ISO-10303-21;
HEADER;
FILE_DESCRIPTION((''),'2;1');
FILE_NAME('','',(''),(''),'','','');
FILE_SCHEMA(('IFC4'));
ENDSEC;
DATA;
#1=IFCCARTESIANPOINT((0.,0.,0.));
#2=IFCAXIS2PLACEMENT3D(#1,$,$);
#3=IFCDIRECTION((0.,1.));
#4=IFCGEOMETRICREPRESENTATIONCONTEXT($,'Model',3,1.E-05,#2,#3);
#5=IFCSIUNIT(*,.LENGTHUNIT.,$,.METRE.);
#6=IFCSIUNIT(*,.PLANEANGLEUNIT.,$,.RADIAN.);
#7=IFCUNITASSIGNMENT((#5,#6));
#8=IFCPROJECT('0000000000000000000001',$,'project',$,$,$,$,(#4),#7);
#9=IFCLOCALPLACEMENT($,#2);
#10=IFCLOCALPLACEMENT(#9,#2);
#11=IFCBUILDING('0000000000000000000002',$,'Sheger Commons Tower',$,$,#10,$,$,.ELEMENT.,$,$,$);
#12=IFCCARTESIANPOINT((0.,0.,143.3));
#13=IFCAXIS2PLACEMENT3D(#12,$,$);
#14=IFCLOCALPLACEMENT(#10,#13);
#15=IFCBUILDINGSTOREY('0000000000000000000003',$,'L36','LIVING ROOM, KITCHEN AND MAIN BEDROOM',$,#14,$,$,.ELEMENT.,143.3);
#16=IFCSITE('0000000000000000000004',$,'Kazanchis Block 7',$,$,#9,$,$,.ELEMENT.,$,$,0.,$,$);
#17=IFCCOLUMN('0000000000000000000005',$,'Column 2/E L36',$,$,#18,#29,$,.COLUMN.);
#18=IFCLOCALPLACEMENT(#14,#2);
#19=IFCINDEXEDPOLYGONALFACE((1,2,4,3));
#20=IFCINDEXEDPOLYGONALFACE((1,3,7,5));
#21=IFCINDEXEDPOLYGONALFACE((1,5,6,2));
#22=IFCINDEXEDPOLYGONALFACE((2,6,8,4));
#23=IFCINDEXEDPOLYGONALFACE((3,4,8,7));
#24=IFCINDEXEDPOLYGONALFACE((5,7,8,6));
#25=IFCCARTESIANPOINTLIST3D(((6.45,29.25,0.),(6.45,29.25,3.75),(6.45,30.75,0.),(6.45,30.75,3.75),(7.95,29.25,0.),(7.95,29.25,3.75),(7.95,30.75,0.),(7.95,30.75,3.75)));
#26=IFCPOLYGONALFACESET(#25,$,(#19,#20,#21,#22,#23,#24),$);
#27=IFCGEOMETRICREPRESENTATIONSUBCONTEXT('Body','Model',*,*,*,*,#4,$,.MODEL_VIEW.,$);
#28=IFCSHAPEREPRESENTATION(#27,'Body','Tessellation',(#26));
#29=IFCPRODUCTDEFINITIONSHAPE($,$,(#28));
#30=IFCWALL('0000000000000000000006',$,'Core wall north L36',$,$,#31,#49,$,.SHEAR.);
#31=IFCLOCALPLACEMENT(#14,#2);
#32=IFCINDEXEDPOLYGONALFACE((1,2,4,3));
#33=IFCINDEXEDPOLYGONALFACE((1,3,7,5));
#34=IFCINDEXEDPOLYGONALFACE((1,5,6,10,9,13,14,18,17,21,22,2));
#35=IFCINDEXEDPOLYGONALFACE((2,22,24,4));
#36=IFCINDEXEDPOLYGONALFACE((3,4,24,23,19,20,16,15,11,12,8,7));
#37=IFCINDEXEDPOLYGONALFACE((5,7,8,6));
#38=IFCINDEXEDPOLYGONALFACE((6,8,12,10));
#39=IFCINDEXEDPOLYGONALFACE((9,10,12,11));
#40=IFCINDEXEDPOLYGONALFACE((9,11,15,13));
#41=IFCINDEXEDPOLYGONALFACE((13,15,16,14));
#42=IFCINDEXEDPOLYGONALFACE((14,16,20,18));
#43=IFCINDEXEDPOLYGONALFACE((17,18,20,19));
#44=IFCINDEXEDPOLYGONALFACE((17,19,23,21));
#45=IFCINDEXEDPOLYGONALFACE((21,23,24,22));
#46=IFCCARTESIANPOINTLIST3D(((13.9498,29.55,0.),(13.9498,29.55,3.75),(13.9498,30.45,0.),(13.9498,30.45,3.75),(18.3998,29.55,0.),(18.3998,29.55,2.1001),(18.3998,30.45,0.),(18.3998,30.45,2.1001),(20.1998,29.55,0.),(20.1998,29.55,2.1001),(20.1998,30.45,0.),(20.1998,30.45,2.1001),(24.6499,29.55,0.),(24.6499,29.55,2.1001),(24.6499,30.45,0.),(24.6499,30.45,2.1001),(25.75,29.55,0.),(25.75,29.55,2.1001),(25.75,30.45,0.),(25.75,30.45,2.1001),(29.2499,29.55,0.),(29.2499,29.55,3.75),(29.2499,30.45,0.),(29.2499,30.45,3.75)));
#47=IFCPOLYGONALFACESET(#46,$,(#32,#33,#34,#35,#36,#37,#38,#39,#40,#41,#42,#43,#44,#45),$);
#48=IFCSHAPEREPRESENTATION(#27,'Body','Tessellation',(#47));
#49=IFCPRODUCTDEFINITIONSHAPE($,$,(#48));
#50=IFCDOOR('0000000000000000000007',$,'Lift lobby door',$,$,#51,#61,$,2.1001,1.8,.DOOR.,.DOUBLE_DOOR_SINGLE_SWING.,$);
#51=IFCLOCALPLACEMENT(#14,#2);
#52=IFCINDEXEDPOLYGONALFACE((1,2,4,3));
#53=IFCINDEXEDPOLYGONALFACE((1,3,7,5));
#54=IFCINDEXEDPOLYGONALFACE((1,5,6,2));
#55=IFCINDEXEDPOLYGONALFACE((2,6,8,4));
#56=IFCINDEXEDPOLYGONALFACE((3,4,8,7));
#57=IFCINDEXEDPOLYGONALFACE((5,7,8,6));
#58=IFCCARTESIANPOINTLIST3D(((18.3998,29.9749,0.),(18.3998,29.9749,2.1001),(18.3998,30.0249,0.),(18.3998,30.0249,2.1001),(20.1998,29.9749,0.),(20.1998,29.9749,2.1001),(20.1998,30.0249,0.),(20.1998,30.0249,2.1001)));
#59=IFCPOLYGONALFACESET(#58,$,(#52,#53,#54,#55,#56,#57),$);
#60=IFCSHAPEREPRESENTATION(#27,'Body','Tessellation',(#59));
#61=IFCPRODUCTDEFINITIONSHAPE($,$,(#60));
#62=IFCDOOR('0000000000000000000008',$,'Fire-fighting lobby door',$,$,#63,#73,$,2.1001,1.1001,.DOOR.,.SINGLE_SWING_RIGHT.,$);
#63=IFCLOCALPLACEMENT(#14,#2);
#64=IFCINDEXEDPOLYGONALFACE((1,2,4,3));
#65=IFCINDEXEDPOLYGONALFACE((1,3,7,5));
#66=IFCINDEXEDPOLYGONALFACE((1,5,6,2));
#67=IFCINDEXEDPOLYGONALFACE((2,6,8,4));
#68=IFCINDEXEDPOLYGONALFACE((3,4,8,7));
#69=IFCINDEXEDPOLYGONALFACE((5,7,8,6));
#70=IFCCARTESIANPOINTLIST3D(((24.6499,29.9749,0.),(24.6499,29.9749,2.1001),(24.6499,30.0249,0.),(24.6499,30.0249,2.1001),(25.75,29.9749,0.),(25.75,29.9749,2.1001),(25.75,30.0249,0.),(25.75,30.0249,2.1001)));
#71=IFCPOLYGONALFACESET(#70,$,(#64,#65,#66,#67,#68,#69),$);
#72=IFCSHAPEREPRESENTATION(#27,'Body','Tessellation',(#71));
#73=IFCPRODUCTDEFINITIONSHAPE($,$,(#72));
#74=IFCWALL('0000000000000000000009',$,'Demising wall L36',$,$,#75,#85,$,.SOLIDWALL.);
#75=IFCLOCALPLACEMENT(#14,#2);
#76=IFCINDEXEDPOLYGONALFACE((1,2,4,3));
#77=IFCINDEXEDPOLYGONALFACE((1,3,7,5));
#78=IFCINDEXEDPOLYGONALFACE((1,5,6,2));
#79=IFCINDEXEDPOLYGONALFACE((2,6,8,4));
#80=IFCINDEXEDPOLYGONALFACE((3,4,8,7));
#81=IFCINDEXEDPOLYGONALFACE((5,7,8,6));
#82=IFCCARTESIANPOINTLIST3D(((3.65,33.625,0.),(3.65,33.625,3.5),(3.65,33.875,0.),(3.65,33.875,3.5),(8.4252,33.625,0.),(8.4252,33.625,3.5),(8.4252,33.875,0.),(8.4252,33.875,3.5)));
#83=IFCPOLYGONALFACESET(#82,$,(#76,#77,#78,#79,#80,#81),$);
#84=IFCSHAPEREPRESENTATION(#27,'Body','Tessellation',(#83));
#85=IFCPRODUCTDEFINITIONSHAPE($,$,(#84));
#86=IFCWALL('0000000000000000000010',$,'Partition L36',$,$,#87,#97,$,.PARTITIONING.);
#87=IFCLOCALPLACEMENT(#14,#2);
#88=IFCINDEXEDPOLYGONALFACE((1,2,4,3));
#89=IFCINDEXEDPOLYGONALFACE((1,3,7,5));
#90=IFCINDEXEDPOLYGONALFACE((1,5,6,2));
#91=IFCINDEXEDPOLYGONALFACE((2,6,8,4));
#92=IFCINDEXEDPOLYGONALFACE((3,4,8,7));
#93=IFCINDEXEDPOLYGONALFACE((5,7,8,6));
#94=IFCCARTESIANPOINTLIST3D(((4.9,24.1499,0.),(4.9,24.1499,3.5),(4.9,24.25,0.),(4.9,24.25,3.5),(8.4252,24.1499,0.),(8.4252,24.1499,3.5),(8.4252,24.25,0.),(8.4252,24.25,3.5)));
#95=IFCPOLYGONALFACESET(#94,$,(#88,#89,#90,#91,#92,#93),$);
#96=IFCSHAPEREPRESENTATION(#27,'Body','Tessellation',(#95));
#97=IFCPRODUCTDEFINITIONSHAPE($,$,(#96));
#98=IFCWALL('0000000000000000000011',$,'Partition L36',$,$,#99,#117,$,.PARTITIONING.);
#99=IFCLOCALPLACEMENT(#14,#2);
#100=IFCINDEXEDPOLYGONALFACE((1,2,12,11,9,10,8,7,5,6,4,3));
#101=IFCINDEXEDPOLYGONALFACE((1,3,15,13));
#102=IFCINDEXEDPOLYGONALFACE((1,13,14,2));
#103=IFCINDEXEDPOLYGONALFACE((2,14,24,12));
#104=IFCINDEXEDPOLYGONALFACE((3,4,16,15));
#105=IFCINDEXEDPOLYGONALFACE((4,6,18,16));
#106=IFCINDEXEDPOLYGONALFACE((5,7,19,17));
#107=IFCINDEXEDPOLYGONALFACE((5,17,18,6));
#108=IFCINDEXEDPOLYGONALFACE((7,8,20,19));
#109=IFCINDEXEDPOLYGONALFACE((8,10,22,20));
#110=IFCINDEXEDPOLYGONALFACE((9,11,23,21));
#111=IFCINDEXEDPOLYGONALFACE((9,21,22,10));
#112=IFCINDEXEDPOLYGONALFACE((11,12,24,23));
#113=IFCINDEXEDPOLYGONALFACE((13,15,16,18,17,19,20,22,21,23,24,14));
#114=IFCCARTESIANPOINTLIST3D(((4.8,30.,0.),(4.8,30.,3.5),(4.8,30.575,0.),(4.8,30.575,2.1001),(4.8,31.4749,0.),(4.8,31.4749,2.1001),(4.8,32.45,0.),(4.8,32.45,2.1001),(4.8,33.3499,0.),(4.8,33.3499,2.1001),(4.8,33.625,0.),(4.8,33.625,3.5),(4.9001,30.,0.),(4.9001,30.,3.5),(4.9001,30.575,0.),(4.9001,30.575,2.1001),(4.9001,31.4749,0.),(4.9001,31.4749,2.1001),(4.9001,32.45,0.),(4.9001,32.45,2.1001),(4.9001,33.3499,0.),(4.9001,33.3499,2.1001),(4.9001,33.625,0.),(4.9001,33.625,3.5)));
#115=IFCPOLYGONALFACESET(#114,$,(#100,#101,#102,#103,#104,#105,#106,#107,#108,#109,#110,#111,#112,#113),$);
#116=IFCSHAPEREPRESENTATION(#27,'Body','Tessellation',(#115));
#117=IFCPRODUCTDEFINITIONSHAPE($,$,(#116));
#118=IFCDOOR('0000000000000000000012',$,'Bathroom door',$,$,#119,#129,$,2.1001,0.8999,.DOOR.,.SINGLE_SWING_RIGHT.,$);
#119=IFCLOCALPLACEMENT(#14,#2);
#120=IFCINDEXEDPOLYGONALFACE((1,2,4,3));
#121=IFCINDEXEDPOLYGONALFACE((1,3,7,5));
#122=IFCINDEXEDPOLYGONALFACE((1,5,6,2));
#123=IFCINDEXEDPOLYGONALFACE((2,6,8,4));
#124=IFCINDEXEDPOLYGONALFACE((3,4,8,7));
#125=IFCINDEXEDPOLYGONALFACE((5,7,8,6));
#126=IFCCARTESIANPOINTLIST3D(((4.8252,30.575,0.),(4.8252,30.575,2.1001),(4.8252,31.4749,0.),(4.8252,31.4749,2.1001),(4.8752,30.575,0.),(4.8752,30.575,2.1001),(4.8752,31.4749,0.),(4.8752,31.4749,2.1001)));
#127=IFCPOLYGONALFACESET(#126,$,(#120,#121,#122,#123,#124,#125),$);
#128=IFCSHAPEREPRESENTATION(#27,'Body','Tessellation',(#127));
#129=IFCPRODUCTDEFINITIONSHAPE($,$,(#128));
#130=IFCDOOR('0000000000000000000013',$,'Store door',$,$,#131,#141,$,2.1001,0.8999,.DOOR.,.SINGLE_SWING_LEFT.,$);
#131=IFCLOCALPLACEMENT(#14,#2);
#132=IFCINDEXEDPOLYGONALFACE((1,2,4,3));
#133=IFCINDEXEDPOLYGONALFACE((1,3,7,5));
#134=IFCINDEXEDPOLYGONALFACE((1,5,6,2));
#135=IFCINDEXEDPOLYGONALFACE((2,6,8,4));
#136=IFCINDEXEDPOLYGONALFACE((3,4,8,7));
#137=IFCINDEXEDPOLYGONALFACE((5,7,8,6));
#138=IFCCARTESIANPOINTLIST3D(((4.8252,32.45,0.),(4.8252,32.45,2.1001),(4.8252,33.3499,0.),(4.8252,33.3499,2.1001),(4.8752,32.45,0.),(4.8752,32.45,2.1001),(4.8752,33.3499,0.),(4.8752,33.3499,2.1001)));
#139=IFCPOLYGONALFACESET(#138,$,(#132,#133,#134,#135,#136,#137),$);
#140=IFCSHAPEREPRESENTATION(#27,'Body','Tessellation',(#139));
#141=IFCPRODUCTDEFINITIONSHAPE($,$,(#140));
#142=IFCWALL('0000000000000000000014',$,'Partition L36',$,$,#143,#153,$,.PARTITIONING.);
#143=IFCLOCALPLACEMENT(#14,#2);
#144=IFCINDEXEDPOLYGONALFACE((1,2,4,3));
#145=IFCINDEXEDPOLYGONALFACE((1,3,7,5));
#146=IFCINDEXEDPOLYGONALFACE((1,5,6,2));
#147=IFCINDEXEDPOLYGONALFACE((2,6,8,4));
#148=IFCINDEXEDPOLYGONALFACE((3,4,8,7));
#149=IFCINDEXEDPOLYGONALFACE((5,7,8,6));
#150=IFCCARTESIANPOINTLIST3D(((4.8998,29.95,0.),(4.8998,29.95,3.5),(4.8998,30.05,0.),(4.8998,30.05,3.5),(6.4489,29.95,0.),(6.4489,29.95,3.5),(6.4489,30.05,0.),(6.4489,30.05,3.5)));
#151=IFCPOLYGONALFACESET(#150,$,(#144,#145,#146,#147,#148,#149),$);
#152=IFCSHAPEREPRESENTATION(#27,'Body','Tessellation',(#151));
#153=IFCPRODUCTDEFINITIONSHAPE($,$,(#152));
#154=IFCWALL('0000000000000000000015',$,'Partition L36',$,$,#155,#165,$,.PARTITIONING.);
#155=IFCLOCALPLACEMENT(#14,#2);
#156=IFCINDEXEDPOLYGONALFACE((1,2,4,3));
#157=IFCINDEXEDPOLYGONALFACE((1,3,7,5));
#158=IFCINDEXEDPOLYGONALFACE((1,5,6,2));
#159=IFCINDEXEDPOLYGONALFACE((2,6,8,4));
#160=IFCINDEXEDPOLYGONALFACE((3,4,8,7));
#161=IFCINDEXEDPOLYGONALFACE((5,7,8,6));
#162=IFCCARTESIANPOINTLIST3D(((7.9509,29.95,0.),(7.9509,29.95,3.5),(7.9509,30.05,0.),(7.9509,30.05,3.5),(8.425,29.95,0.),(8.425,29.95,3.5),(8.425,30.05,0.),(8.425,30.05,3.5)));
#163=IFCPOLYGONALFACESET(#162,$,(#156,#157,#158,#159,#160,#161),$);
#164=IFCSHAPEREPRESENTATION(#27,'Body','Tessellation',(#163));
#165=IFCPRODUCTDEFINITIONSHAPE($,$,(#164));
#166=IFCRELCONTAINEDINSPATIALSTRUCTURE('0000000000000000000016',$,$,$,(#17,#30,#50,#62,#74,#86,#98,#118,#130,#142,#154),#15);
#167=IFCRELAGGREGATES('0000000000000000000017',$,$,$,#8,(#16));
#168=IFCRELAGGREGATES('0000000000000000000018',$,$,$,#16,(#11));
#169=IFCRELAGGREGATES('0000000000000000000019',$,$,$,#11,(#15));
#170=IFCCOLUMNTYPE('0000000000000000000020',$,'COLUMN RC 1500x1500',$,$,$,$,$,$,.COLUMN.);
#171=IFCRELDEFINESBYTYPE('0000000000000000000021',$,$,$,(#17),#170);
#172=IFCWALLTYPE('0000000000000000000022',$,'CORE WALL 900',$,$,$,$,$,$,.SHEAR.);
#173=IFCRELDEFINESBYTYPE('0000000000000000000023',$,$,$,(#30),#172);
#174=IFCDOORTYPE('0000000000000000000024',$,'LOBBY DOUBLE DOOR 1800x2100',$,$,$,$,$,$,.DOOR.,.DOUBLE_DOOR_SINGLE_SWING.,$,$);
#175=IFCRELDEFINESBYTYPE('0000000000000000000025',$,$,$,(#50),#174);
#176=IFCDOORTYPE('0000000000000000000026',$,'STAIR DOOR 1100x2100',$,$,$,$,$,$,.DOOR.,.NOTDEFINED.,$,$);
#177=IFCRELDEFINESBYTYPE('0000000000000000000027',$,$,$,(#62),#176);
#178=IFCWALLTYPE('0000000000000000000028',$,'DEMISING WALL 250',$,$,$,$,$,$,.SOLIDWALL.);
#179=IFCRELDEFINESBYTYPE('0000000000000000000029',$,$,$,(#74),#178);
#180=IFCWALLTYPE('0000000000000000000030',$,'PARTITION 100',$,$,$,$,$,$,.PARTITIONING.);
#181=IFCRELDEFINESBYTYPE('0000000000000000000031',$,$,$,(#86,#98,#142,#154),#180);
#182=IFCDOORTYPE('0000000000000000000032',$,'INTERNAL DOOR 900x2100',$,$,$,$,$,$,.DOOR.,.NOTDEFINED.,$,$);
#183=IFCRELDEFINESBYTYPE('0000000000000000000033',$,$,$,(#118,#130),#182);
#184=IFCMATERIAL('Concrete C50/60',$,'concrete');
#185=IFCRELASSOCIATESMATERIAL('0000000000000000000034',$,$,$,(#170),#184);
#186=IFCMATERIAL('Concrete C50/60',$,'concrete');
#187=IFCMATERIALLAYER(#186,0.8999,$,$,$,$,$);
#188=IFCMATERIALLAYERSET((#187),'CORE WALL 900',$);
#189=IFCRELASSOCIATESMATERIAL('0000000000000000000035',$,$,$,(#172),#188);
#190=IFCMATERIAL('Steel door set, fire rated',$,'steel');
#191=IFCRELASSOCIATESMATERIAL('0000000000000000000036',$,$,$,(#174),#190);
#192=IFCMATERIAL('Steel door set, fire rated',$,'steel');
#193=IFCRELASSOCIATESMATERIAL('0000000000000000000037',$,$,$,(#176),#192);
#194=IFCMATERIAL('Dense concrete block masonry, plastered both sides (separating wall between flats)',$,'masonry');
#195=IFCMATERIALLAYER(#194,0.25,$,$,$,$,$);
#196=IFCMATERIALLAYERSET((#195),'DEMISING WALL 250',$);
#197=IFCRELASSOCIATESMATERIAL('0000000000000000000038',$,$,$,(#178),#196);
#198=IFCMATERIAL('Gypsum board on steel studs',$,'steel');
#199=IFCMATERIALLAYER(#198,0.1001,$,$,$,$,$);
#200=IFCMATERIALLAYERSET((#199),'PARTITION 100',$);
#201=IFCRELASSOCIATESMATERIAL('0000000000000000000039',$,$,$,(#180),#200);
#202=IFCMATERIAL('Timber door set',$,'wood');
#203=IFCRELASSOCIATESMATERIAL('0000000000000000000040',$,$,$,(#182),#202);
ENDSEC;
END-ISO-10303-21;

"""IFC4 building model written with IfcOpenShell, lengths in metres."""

from ifc_helpers import new_model, si_unit, direction, frame, frame_2d, origin, origin_2d, place, context, subcontext, project, spatial, rectangle, extrude, material, layer, layer_set, material_profile, profile_set, type_object, element, fill, save


model = new_model("IFC4")

# Units and contexts
model_context = context("Model", 3, precision=1e-05, world=origin(), true_north=direction((0.0, 1.0)))
body_context = subcontext(model_context, "Body", "Model", "MODEL_VIEW")
ifc_project = project(units=[si_unit("LENGTHUNIT", "METRE"), si_unit("PLANEANGLEUNIT", "RADIAN")], contexts=[model_context])

# Site, building, storey
site_placement = place(None, origin())
site = spatial("IfcSite", under=ifc_project, at=site_placement, Name="Kazanchis Block 7", CompositionType="ELEMENT", RefElevation=0.0)
building_placement = place(site_placement, origin())
building = spatial("IfcBuilding", under=site, at=building_placement, Name="Sheger Commons Tower", CompositionType="ELEMENT")
storey_placement = place(building_placement, frame((0.0, 0.0, 143.3)))
storey = spatial("IfcBuildingStorey", under=building, at=storey_placement, Name="L36", Description="LIVING ROOM, KITCHEN AND MAIN BEDROOM", CompositionType="ELEMENT", Elevation=143.3)

# Column
ifc_material_1 = material(Name="Concrete C50/60", Category="concrete")
ifc_material_profile = material_profile(ifc_material_1, rectangle(XDim=1.5, YDim=1.5, at=origin_2d()), Name="RC 1500x1500")
ifc_profile_set = profile_set([ifc_material_profile], Name="Concrete C50/60")
column_type = type_object("IfcColumnType", Name="COLUMN RC 1500x1500", PredefinedType="COLUMN", material=ifc_profile_set)
column_placement = place(storey_placement, frame((7.2, 30.0, 0.0), z_axis=(0.0, 0.0, 1.0), x_axis=(1.0, 0.0, 0.0)))
element("IfcColumn", 1, at=column_placement, inside=storey, type_object=column_type, Name="Column 2/E L36", PredefinedType="COLUMN", context=body_context, shape_type="SweptSolid", body=[
    extrude(rectangle(XDim=1.5, YDim=1.5, at=origin_2d()), origin(), (0.0, 0.0, 1.0), 3.75),
])

# Wall, openings, doors
ifc_material_2 = material(Name="Concrete C50/60", Category="concrete")
ifc_layer_1 = layer(ifc_material_2, 0.8999)
ifc_layer_set_1 = layer_set([ifc_layer_1], Name="CORE WALL 900")
wall_type_1 = type_object("IfcWallType", Name="CORE WALL 900", PredefinedType="SHEAR", material=ifc_layer_set_1)
wall_1_placement = place(storey_placement, frame((13.95, 30.0, 0.0), z_axis=(0.0, 0.0, 1.0), x_axis=(1.0, 0.0, 0.0)))
wall_1 = element("IfcWall", 2, at=wall_1_placement, inside=storey, type_object=wall_type_1, Name="Core wall north L36", PredefinedType="SHEAR", context=body_context, shape_type="SweptSolid", body=[
    extrude(rectangle(XDim=15.3, YDim=0.8999, at=frame_2d((7.6499, 0.0))), origin(), (0.0, 0.0, 1.0), 3.75),
])
opening_1_placement = place(wall_1_placement, frame((4.45, 0.0, 0.0)))
opening_1 = element("IfcOpeningElement", 3, at=opening_1_placement, cuts=wall_1, PredefinedType="OPENING", context=body_context, shape_type="SweptSolid", body=[
    extrude(rectangle(XDim=1.8, YDim=2.1001, at=frame_2d((0.8999, 1.05))), frame((0.0, 0.46, 0.0), z_axis=(0.0, -1.0, 0.0), x_axis=(1.0, 0.0, 0.0)), (0.0, 0.0, 1.0), 0.9199),
])
opening_2_placement = place(wall_1_placement, frame((10.7, 0.0, 0.0)))
opening_2 = element("IfcOpeningElement", 4, at=opening_2_placement, cuts=wall_1, PredefinedType="OPENING", context=body_context, shape_type="SweptSolid", body=[
    extrude(rectangle(XDim=1.1001, YDim=2.1001, at=frame_2d((0.55, 1.05))), frame((0.0, 0.46, 0.0), z_axis=(0.0, -1.0, 0.0), x_axis=(1.0, 0.0, 0.0)), (0.0, 0.0, 1.0), 0.9199),
])
ifc_material_3 = material(Name="Steel door set, fire rated", Category="steel")
door_type_1 = type_object("IfcDoorType", Name="LOBBY DOUBLE DOOR 1800x2100", OperationType="DOUBLE_DOOR_SINGLE_SWING", PredefinedType="DOOR", material=ifc_material_3)
door_1_placement = place(opening_1_placement, origin())
door_1 = element("IfcDoor", 5, at=door_1_placement, inside=storey, type_object=door_type_1, Name="Lift lobby door", OperationType="DOUBLE_DOOR_SINGLE_SWING", OverallHeight=2.1001, OverallWidth=1.8, PredefinedType="DOOR", context=body_context, shape_type="SweptSolid", body=[
    extrude(rectangle(XDim=1.8, YDim=2.1001, at=frame_2d((0.8999, 1.05))), frame((0.0, 0.0249, 0.0), z_axis=(0.0, -1.0, 0.0), x_axis=(1.0, 0.0, 0.0)), (0.0, 0.0, 1.0), 0.05),
])
fill(opening_1, door_1)
ifc_material_4 = material(Name="Steel door set, fire rated", Category="steel")
door_type_2 = type_object("IfcDoorType", Name="STAIR DOOR 1100x2100", OperationType="NOTDEFINED", PredefinedType="DOOR", material=ifc_material_4)
door_2_placement = place(opening_2_placement, origin())
door_2 = element("IfcDoor", 6, at=door_2_placement, inside=storey, type_object=door_type_2, Name="Fire-fighting lobby door", OperationType="SINGLE_SWING_RIGHT", OverallHeight=2.1001, OverallWidth=1.1001, PredefinedType="DOOR", context=body_context, shape_type="SweptSolid", body=[
    extrude(rectangle(XDim=1.1001, YDim=2.1001, at=frame_2d((0.55, 1.05))), frame((0.0, 0.0249, 0.0), z_axis=(0.0, -1.0, 0.0), x_axis=(1.0, 0.0, 0.0)), (0.0, 0.0, 1.0), 0.05),
])
fill(opening_2, door_2)

# Walls
ifc_material_5 = material(Name="Dense concrete block masonry, plastered both sides (separating wall between flats)", Category="masonry")
ifc_layer_2 = layer(ifc_material_5, 0.25)
ifc_layer_set_2 = layer_set([ifc_layer_2], Name="DEMISING WALL 250")
wall_type_2 = type_object("IfcWallType", Name="DEMISING WALL 250", PredefinedType="SOLIDWALL", material=ifc_layer_set_2)
wall_2_placement = place(storey_placement, frame((3.6499, 33.75, 0.0), z_axis=(0.0, 0.0, 1.0), x_axis=(1.0, 0.0, 0.0)))
element("IfcWall", 7, at=wall_2_placement, inside=storey, type_object=wall_type_2, Name="Demising wall L36", PredefinedType="SOLIDWALL", context=body_context, shape_type="SweptSolid", body=[
    extrude(rectangle(XDim=4.7751, YDim=0.25, at=frame_2d((2.3877, 0.0))), origin(), (0.0, 0.0, 1.0), 3.5),
])
ifc_material_6 = material(Name="Gypsum board on steel studs", Category="steel")
ifc_layer_3 = layer(ifc_material_6, 0.1001)
ifc_layer_set_3 = layer_set([ifc_layer_3], Name="PARTITION 100")
wall_type_3 = type_object("IfcWallType", Name="PARTITION 100", PredefinedType="PARTITIONING", material=ifc_layer_set_3)
wall_3_placement = place(storey_placement, frame((4.8999, 24.2, 0.0), z_axis=(0.0, 0.0, 1.0), x_axis=(1.0, 0.0, 0.0)))
element("IfcWall", 8, at=wall_3_placement, inside=storey, type_object=wall_type_3, Name="Partition L36", PredefinedType="PARTITIONING", context=body_context, shape_type="SweptSolid", body=[
    extrude(rectangle(XDim=3.5251, YDim=0.1001, at=frame_2d((1.7627, 0.0))), origin(), (0.0, 0.0, 1.0), 3.5),
])

# Wall, openings, doors
wall_4_placement = place(storey_placement, frame((4.8501, 30.0, 0.0), z_axis=(0.0, 0.0, 1.0), x_axis=(0.0, 1.0, 0.0)))
wall_4 = element("IfcWall", 9, at=wall_4_placement, inside=storey, type_object=wall_type_3, Name="Partition L36", PredefinedType="PARTITIONING", context=body_context, shape_type="SweptSolid", body=[
    extrude(rectangle(XDim=3.625, YDim=0.1001, at=frame_2d((1.8125, 0.0))), origin(), (0.0, 0.0, 1.0), 3.5),
])
opening_3_placement = place(wall_4_placement, frame((0.575, 0.0, 0.0)))
opening_3 = element("IfcOpeningElement", 10, at=opening_3_placement, cuts=wall_4, PredefinedType="OPENING", context=body_context, shape_type="SweptSolid", body=[
    extrude(rectangle(XDim=0.8999, YDim=2.1001, at=frame_2d((0.45, 1.05))), frame((0.0, 0.0601, 0.0), z_axis=(0.0, -1.0, 0.0), x_axis=(1.0, 0.0, 0.0)), (0.0, 0.0, 1.0), 0.1201),
])
opening_4_placement = place(wall_4_placement, frame((2.45, 0.0, 0.0)))
opening_4 = element("IfcOpeningElement", 11, at=opening_4_placement, cuts=wall_4, PredefinedType="OPENING", context=body_context, shape_type="SweptSolid", body=[
    extrude(rectangle(XDim=0.8999, YDim=2.1001, at=frame_2d((0.45, 1.05))), frame((0.0, 0.0601, 0.0), z_axis=(0.0, -1.0, 0.0), x_axis=(1.0, 0.0, 0.0)), (0.0, 0.0, 1.0), 0.1201),
])
ifc_material_7 = material(Name="Timber door set", Category="wood")
door_type_3 = type_object("IfcDoorType", Name="INTERNAL DOOR 900x2100", OperationType="NOTDEFINED", PredefinedType="DOOR", material=ifc_material_7)
door_3_placement = place(opening_3_placement, origin())
door_3 = element("IfcDoor", 12, at=door_3_placement, inside=storey, type_object=door_type_3, Name="Bathroom door", OperationType="SINGLE_SWING_RIGHT", OverallHeight=2.1001, OverallWidth=0.8999, PredefinedType="DOOR", context=body_context, shape_type="SweptSolid", body=[
    extrude(rectangle(XDim=0.8999, YDim=2.1001, at=frame_2d((0.45, 1.05))), frame((0.0, 0.0249, 0.0), z_axis=(0.0, -1.0, 0.0), x_axis=(1.0, 0.0, 0.0)), (0.0, 0.0, 1.0), 0.05),
])
fill(opening_3, door_3)
door_4_placement = place(opening_4_placement, origin())
door_4 = element("IfcDoor", 13, at=door_4_placement, inside=storey, type_object=door_type_3, Name="Store door", OperationType="SINGLE_SWING_LEFT", OverallHeight=2.1001, OverallWidth=0.8999, PredefinedType="DOOR", context=body_context, shape_type="SweptSolid", body=[
    extrude(rectangle(XDim=0.8999, YDim=2.1001, at=frame_2d((0.45, 1.05))), frame((0.0, 0.0249, 0.0), z_axis=(0.0, -1.0, 0.0), x_axis=(1.0, 0.0, 0.0)), (0.0, 0.0, 1.0), 0.05),
])
fill(opening_4, door_4)

# Walls
wall_5_placement = place(storey_placement, frame((4.8999, 30.0, 0.0), z_axis=(0.0, 0.0, 1.0), x_axis=(1.0, 0.0, 0.0)))
element("IfcWall", 14, at=wall_5_placement, inside=storey, type_object=wall_type_3, Name="Partition L36", PredefinedType="PARTITIONING", context=body_context, shape_type="SweptSolid", body=[
    extrude(rectangle(XDim=1.5491, YDim=0.1001, at=frame_2d((0.7744, 0.0))), origin(), (0.0, 0.0, 1.0), 3.5),
])
wall_6_placement = place(storey_placement, frame((7.9509, 30.0, 0.0), z_axis=(0.0, 0.0, 1.0), x_axis=(1.0, 0.0, 0.0)))
element("IfcWall", 15, at=wall_6_placement, inside=storey, type_object=wall_type_3, Name="Partition L36", PredefinedType="PARTITIONING", context=body_context, shape_type="SweptSolid", body=[
    extrude(rectangle(XDim=0.4741, YDim=0.1001, at=frame_2d((0.2371, 0.0))), origin(), (0.0, 0.0, 1.0), 3.5),
])

save(model, "model.ifc")
